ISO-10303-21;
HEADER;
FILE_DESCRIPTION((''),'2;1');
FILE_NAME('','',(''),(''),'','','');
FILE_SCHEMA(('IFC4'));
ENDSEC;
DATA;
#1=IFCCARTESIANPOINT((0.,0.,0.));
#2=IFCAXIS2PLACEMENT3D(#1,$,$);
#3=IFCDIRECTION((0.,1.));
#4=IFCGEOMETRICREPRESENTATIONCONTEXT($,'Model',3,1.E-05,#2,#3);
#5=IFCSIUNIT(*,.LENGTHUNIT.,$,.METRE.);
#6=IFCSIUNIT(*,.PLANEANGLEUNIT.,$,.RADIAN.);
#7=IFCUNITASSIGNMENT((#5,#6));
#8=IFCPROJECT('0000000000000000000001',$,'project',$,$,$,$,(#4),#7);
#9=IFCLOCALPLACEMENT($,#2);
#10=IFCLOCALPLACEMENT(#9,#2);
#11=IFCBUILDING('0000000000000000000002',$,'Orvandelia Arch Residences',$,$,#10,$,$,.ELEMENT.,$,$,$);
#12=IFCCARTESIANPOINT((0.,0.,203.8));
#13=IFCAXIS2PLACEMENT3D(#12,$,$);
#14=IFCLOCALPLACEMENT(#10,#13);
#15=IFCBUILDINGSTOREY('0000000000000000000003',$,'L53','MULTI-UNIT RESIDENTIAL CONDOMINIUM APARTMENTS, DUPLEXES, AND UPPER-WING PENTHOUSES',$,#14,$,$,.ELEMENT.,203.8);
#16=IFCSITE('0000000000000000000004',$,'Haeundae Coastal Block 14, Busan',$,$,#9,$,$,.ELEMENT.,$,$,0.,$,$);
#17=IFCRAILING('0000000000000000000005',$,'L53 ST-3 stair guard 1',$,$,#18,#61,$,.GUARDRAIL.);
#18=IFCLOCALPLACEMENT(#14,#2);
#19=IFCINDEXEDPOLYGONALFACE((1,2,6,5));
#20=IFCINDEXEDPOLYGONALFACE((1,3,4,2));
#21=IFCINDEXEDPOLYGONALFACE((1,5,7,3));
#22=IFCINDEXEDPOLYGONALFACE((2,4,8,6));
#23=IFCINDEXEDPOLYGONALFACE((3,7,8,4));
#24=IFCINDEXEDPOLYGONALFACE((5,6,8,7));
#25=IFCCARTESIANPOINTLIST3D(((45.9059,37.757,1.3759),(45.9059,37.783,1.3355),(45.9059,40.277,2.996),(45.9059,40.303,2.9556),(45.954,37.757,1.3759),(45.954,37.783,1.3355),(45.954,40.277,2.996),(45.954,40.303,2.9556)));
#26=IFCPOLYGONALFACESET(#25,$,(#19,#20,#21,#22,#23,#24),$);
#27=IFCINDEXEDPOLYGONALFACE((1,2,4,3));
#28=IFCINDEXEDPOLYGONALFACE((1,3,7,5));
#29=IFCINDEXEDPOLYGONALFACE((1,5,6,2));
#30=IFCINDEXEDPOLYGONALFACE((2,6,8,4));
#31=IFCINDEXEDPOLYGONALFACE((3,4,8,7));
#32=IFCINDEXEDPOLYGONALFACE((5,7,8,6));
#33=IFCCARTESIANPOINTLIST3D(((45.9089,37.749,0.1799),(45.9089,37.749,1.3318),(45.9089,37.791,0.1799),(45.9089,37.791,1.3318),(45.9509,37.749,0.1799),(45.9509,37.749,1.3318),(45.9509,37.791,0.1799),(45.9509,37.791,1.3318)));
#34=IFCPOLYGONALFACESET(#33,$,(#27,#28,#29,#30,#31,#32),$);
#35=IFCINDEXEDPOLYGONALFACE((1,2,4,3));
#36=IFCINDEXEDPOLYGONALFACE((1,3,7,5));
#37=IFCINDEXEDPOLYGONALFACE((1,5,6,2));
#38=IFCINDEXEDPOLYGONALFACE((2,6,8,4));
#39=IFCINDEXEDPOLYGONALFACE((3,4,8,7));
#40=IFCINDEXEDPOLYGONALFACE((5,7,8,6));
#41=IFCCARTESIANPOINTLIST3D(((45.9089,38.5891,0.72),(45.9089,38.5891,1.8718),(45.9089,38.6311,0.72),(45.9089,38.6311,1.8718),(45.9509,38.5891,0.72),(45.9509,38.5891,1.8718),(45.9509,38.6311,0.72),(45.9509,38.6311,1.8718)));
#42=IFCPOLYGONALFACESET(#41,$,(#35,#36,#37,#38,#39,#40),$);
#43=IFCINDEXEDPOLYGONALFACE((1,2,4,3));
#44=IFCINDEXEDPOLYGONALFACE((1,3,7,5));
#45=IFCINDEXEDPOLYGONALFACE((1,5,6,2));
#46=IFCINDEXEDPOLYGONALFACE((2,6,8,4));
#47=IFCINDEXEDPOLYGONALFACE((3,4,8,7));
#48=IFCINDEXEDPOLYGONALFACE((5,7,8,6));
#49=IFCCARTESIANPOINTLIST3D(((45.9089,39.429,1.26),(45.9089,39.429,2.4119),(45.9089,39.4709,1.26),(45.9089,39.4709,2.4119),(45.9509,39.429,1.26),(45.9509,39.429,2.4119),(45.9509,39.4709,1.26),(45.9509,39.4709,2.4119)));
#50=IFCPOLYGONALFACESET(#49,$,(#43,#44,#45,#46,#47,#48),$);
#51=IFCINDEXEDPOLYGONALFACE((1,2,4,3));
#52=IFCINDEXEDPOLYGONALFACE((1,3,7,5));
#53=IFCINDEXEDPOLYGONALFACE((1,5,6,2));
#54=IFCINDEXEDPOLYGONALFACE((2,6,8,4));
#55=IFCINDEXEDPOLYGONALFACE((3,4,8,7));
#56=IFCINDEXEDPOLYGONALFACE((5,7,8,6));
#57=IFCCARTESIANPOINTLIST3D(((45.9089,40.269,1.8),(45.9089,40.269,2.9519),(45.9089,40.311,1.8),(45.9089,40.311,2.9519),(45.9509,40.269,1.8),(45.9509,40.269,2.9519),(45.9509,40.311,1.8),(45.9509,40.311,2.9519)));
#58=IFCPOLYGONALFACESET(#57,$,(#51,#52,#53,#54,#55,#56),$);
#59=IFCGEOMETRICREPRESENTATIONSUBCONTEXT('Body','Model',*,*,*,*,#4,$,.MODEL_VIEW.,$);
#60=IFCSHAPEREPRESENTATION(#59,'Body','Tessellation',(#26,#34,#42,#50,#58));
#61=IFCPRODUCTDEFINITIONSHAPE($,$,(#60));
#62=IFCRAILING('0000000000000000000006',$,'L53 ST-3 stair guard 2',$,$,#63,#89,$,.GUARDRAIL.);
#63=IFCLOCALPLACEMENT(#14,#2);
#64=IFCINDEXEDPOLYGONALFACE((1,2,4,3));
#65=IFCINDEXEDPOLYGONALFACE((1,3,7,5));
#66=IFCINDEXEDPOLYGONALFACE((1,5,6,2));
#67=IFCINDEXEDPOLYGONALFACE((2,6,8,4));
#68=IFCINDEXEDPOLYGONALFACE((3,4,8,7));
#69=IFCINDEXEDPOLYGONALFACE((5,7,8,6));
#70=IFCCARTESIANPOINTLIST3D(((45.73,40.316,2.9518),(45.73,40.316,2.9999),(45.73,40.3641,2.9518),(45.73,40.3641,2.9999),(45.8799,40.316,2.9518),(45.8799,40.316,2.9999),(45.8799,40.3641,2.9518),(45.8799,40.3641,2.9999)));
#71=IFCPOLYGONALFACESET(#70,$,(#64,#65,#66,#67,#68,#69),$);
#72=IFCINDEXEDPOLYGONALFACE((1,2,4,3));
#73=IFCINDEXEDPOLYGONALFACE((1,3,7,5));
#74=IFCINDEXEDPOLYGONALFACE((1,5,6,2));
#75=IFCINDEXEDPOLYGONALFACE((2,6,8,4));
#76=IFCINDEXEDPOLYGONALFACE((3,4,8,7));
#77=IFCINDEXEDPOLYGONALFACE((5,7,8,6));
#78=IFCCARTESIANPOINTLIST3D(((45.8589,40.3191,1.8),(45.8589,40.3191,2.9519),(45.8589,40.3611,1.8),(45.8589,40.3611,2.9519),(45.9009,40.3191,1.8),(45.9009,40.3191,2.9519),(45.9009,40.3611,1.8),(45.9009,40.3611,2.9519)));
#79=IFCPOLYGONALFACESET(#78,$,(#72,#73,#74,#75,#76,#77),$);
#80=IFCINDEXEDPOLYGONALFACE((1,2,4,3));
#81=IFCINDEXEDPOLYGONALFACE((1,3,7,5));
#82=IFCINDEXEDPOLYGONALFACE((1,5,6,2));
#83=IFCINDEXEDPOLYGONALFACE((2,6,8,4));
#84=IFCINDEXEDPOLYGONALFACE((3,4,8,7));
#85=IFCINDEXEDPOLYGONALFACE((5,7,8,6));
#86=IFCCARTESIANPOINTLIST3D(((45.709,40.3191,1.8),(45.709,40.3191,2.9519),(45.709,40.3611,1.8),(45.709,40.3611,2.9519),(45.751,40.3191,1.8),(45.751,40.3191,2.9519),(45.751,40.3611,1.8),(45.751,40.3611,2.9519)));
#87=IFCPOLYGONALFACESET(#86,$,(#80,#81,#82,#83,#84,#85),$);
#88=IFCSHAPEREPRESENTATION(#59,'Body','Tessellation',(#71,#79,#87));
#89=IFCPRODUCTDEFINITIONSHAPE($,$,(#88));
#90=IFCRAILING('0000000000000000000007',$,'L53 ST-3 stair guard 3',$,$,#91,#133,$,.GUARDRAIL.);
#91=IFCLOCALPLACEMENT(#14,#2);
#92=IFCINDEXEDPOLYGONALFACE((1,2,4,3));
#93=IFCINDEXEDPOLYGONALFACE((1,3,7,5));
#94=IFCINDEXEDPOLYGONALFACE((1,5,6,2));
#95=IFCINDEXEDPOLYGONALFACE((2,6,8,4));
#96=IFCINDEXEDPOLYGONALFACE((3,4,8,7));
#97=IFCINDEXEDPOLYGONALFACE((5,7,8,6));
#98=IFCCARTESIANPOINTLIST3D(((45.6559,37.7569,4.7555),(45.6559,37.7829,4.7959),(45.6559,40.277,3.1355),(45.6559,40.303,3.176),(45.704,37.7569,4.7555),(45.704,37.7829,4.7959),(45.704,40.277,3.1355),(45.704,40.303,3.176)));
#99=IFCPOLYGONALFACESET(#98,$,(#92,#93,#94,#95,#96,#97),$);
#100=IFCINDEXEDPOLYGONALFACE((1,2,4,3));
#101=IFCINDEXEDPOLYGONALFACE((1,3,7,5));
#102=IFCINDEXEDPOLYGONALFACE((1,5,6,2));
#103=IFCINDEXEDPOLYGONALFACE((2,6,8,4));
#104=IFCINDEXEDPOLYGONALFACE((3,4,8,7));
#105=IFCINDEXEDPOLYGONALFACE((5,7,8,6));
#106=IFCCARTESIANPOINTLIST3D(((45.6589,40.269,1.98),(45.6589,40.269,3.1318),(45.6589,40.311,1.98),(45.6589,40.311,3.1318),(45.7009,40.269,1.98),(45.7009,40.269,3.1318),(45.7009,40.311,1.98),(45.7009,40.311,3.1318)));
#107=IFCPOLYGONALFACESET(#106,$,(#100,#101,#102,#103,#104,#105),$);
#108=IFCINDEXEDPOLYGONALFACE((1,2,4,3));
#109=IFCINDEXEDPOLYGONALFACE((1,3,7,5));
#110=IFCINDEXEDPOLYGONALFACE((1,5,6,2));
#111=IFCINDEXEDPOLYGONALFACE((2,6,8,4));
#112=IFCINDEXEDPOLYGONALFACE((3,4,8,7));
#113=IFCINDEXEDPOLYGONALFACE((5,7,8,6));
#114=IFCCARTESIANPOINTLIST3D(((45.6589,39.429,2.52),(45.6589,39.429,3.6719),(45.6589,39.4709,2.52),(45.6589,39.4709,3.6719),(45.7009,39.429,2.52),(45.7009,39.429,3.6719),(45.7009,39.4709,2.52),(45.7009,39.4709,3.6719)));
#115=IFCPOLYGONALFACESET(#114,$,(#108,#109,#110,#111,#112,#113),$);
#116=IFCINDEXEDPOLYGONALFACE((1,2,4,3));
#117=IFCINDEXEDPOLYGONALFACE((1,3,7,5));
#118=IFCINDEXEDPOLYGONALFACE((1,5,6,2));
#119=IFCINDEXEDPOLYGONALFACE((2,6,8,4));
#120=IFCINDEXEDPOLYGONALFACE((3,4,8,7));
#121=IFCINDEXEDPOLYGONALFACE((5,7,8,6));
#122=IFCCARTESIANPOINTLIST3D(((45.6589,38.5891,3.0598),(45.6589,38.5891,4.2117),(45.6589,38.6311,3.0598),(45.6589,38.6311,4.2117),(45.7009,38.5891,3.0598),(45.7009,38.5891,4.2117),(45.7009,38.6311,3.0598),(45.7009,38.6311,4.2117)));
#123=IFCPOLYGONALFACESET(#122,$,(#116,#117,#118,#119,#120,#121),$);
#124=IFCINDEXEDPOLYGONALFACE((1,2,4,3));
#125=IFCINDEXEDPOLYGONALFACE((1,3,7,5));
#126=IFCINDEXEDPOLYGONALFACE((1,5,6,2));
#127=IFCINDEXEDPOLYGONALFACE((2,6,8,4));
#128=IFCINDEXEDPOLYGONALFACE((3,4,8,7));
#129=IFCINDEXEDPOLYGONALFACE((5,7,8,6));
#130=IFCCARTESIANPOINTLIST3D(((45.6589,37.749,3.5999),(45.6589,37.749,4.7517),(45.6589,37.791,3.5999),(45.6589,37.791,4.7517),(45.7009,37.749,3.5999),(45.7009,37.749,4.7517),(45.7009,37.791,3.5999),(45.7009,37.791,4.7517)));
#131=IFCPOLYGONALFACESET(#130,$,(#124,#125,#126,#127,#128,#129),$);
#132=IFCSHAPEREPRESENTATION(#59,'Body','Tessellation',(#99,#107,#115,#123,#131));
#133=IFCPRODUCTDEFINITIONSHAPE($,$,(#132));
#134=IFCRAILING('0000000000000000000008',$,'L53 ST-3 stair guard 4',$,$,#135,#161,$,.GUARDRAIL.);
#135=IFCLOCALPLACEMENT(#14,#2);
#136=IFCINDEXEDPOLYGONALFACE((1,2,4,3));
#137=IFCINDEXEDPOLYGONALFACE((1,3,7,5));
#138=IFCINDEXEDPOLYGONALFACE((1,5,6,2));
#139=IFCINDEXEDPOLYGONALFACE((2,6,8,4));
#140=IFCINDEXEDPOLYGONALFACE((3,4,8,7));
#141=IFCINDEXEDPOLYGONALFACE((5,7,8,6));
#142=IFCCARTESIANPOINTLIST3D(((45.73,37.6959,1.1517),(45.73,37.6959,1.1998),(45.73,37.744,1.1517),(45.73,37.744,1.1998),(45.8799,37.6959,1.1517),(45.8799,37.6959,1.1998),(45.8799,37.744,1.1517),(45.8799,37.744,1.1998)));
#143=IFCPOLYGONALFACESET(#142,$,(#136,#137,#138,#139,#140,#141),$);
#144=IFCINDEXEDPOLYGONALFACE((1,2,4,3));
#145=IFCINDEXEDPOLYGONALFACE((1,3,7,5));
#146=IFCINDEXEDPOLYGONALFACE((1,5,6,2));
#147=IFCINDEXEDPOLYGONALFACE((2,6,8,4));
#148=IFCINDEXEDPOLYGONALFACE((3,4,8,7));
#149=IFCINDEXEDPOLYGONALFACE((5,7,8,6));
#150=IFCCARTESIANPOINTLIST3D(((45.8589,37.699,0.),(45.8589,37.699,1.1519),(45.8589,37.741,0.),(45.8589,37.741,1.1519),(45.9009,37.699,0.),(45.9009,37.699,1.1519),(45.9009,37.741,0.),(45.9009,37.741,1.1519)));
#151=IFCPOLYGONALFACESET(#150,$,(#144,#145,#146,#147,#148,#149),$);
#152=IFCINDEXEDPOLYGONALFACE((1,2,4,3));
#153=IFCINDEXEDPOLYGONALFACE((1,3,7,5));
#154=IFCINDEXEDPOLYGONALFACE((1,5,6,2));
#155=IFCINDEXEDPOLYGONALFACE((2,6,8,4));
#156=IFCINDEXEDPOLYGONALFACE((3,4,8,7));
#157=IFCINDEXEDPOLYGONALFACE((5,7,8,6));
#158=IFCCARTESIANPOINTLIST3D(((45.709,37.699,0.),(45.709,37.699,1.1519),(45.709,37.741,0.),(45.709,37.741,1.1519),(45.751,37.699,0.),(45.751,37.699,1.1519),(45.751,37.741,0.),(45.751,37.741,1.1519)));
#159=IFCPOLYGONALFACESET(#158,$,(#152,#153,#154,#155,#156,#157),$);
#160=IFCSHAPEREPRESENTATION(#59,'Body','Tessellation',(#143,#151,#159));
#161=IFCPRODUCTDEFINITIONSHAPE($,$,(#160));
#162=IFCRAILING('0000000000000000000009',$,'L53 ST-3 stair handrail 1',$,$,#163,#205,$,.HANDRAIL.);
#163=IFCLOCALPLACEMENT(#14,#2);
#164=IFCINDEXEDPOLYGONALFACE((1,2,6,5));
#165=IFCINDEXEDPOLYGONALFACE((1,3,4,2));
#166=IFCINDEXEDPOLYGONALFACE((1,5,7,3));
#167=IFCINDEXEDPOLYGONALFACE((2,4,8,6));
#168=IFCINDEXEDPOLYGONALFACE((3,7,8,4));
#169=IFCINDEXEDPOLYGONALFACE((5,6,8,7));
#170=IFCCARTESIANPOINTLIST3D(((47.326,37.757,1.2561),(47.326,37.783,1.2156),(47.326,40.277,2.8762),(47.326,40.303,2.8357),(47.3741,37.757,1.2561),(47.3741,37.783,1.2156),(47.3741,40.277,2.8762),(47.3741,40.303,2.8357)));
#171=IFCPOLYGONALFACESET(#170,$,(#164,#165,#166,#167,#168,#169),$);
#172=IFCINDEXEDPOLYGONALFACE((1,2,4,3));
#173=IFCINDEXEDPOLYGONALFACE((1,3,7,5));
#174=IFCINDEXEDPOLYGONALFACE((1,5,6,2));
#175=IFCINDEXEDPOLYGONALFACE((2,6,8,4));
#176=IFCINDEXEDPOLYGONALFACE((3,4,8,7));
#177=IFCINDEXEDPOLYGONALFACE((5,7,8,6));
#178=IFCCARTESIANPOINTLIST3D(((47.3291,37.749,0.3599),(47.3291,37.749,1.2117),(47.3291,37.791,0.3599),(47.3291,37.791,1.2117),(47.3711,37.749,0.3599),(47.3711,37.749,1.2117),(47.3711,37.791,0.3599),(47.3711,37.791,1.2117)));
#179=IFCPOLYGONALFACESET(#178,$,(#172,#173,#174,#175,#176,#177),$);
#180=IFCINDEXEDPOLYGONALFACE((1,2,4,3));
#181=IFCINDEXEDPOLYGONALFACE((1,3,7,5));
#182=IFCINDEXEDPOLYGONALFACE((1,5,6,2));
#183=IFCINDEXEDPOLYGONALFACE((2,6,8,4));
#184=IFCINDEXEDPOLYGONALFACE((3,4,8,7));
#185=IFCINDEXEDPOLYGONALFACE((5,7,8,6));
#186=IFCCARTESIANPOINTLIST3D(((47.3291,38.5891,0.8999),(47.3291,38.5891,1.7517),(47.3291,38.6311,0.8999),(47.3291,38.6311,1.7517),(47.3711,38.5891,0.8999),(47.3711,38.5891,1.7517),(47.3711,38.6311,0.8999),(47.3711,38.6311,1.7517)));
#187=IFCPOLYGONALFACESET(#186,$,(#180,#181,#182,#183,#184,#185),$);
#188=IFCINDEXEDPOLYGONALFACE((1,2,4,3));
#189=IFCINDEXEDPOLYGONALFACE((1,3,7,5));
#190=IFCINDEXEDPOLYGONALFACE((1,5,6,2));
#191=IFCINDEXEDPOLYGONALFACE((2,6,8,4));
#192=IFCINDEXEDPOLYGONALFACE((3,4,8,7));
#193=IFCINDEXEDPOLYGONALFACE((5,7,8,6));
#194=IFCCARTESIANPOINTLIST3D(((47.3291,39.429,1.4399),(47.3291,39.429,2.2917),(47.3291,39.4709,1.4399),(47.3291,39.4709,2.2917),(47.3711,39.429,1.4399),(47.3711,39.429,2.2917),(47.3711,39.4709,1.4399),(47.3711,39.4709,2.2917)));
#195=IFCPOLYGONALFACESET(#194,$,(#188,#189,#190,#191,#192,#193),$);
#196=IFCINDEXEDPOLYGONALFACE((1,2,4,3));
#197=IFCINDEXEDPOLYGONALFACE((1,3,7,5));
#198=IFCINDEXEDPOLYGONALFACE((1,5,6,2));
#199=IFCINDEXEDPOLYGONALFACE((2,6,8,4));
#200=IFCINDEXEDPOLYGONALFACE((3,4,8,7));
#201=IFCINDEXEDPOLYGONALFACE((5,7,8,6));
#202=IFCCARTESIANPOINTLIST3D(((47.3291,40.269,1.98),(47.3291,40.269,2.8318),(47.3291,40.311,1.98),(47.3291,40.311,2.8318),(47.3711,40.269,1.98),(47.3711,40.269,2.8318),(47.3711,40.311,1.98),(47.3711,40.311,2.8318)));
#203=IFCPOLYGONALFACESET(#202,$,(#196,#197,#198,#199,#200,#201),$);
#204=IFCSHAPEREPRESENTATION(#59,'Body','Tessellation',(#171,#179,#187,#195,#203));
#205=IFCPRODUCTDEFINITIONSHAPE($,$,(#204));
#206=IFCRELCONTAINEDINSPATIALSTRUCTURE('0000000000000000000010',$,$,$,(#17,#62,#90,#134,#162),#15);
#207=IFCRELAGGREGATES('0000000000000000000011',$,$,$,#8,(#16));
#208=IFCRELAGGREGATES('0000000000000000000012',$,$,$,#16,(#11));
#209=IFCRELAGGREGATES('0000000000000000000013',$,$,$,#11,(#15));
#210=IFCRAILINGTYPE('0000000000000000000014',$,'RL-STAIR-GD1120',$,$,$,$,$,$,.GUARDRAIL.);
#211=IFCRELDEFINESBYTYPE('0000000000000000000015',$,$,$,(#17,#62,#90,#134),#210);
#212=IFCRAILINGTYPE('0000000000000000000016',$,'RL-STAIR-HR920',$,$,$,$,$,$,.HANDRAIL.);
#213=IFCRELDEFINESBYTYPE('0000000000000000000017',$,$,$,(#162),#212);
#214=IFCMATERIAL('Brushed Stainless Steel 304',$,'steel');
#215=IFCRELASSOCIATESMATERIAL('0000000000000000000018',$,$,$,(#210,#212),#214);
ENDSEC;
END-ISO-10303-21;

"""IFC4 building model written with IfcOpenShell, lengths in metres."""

from ifc_helpers import new_model, si_unit, direction, frame, origin, origin_2d, place, context, subcontext, project, spatial, rectangle, extrude, material, type_object, element, save


model = new_model("IFC4")

# Units and contexts
model_context = context("Model", 3, precision=1e-05, world=origin(), true_north=direction((0.0, 1.0)))
body_context = subcontext(model_context, "Body", "Model", "MODEL_VIEW")
ifc_project = project(units=[si_unit("LENGTHUNIT", "METRE"), si_unit("PLANEANGLEUNIT", "RADIAN")], contexts=[model_context])

# Site, building, storey
site_placement = place(None, origin())
site = spatial("IfcSite", under=ifc_project, at=site_placement, Name="Haeundae Coastal Block 14, Busan", CompositionType="ELEMENT", RefElevation=0.0)
building_placement = place(site_placement, origin())
building = spatial("IfcBuilding", under=site, at=building_placement, Name="Orvandelia Arch Residences", CompositionType="ELEMENT")
storey_placement = place(building_placement, frame((0.0, 0.0, 203.8)))
storey = spatial("IfcBuildingStorey", under=building, at=storey_placement, Name="L53", Description="MULTI-UNIT RESIDENTIAL CONDOMINIUM APARTMENTS, DUPLEXES, AND UPPER-WING PENTHOUSES", CompositionType="ELEMENT", Elevation=203.8)

# Railings
ifc_material_1 = material(Name="Brushed Stainless Steel 304", Category="steel")
railing_type_1 = type_object("IfcRailingType", Name="RL-STAIR-GD1120", PredefinedType="GUARDRAIL", material=ifc_material_1)
railing_1_placement = place(storey_placement, frame((45.9299, 37.77, 0.1799)))
element("IfcRailing", 1, at=railing_1_placement, inside=storey, type_object=railing_type_1, Name="L53 ST-3 stair guard 1", PredefinedType="GUARDRAIL", context=body_context, shape_type="SweptSolid", body=[
    extrude(rectangle(XDim=0.0481, YDim=0.0481, at=origin_2d()), frame((0.0, 0.0, 1.1758), z_axis=(0.0, 0.841163, 0.540782), x_axis=(-1.0, 0.0, 0.0)), (0.0, 0.0, 1.0), 2.9958),
    extrude(rectangle(XDim=0.042, YDim=0.042, at=origin_2d()), origin(), (0.0, 0.0, 1.0), 1.1519),
    extrude(rectangle(XDim=0.042, YDim=0.042, at=origin_2d()), frame((0.0, 0.8401, 0.54)), (0.0, 0.0, 1.0), 1.1519),
    extrude(rectangle(XDim=0.042, YDim=0.042, at=origin_2d()), frame((0.0, 1.6799, 1.0801)), (0.0, 0.0, 1.0), 1.1519),
    extrude(rectangle(XDim=0.042, YDim=0.042, at=origin_2d()), frame((0.0, 2.52, 1.6201)), (0.0, 0.0, 1.0), 1.1519),
])
railing_2_placement = place(storey_placement, frame((45.8799, 40.3401, 1.8)))
element("IfcRailing", 2, at=railing_2_placement, inside=storey, type_object=railing_type_1, Name="L53 ST-3 stair guard 2", PredefinedType="GUARDRAIL", context=body_context, shape_type="SweptSolid", body=[
    extrude(rectangle(XDim=0.0481, YDim=0.0481, at=origin_2d()), frame((0.0, 0.0, 1.1758), z_axis=(-1.0, 0.0, 0.0), x_axis=(0.0, -1.0, 0.0)), (0.0, 0.0, 1.0), 0.1499),
    extrude(rectangle(XDim=0.042, YDim=0.042, at=origin_2d()), origin(), (0.0, 0.0, 1.0), 1.1519),
    extrude(rectangle(XDim=0.042, YDim=0.042, at=origin_2d()), frame((-0.1499, 0.0, 0.0)), (0.0, 0.0, 1.0), 1.1519),
])
railing_3_placement = place(storey_placement, frame((45.6799, 40.29, 1.98)))
element("IfcRailing", 3, at=railing_3_placement, inside=storey, type_object=railing_type_1, Name="L53 ST-3 stair guard 3", PredefinedType="GUARDRAIL", context=body_context, shape_type="SweptSolid", body=[
    extrude(rectangle(XDim=0.0481, YDim=0.0481, at=origin_2d()), frame((0.0, 0.0, 1.1758), z_axis=(0.0, -0.8412, 0.540725), x_axis=(1.0, 0.0, 0.0)), (0.0, 0.0, 1.0), 2.9958),
    extrude(rectangle(XDim=0.042, YDim=0.042, at=origin_2d()), origin(), (0.0, 0.0, 1.0), 1.1519),
    extrude(rectangle(XDim=0.042, YDim=0.042, at=origin_2d()), frame((0.0, -0.8401, 0.54)), (0.0, 0.0, 1.0), 1.1519),
    extrude(rectangle(XDim=0.042, YDim=0.042, at=origin_2d()), frame((0.0, -1.6799, 1.0798)), (0.0, 0.0, 1.0), 1.1519),
    extrude(rectangle(XDim=0.042, YDim=0.042, at=origin_2d()), frame((0.0, -2.52, 1.6199)), (0.0, 0.0, 1.0), 1.1519),
])
railing_4_placement = place(storey_placement, frame((45.8799, 37.72, 0.0)))
element("IfcRailing", 4, at=railing_4_placement, inside=storey, type_object=railing_type_1, Name="L53 ST-3 stair guard 4", PredefinedType="GUARDRAIL", context=body_context, shape_type="SweptSolid", body=[
    extrude(rectangle(XDim=0.0481, YDim=0.0481, at=origin_2d()), frame((0.0, 0.0, 1.1758), z_axis=(-1.0, 0.0, 0.0), x_axis=(0.0, -1.0, 0.0)), (0.0, 0.0, 1.0), 0.1499),
    extrude(rectangle(XDim=0.042, YDim=0.042, at=origin_2d()), origin(), (0.0, 0.0, 1.0), 1.1519),
    extrude(rectangle(XDim=0.042, YDim=0.042, at=origin_2d()), frame((-0.1499, 0.0, 0.0)), (0.0, 0.0, 1.0), 1.1519),
])
railing_type_2 = type_object("IfcRailingType", Name="RL-STAIR-HR920", PredefinedType="HANDRAIL", material=ifc_material_1)
railing_5_placement = place(storey_placement, frame((47.3501, 37.77, 0.3599)))
element("IfcRailing", 5, at=railing_5_placement, inside=storey, type_object=railing_type_2, Name="L53 ST-3 stair handrail 1", PredefinedType="HANDRAIL", context=body_context, shape_type="SweptSolid", body=[
    extrude(rectangle(XDim=0.0481, YDim=0.0481, at=origin_2d()), frame((0.0, 0.0, 0.876), z_axis=(0.0, 0.841163, 0.540782), x_axis=(-1.0, 0.0, 0.0)), (0.0, 0.0, 1.0), 2.9958),
    extrude(rectangle(XDim=0.042, YDim=0.042, at=origin_2d()), origin(), (0.0, 0.0, 1.0), 0.8518),
    extrude(rectangle(XDim=0.042, YDim=0.042, at=origin_2d()), frame((0.0, 0.8401, 0.54)), (0.0, 0.0, 1.0), 0.8518),
    extrude(rectangle(XDim=0.042, YDim=0.042, at=origin_2d()), frame((0.0, 1.6799, 1.0801)), (0.0, 0.0, 1.0), 0.8518),
    extrude(rectangle(XDim=0.042, YDim=0.042, at=origin_2d()), frame((0.0, 2.52, 1.6201)), (0.0, 0.0, 1.0), 0.8518),
])

save(model, "model.ifc")
